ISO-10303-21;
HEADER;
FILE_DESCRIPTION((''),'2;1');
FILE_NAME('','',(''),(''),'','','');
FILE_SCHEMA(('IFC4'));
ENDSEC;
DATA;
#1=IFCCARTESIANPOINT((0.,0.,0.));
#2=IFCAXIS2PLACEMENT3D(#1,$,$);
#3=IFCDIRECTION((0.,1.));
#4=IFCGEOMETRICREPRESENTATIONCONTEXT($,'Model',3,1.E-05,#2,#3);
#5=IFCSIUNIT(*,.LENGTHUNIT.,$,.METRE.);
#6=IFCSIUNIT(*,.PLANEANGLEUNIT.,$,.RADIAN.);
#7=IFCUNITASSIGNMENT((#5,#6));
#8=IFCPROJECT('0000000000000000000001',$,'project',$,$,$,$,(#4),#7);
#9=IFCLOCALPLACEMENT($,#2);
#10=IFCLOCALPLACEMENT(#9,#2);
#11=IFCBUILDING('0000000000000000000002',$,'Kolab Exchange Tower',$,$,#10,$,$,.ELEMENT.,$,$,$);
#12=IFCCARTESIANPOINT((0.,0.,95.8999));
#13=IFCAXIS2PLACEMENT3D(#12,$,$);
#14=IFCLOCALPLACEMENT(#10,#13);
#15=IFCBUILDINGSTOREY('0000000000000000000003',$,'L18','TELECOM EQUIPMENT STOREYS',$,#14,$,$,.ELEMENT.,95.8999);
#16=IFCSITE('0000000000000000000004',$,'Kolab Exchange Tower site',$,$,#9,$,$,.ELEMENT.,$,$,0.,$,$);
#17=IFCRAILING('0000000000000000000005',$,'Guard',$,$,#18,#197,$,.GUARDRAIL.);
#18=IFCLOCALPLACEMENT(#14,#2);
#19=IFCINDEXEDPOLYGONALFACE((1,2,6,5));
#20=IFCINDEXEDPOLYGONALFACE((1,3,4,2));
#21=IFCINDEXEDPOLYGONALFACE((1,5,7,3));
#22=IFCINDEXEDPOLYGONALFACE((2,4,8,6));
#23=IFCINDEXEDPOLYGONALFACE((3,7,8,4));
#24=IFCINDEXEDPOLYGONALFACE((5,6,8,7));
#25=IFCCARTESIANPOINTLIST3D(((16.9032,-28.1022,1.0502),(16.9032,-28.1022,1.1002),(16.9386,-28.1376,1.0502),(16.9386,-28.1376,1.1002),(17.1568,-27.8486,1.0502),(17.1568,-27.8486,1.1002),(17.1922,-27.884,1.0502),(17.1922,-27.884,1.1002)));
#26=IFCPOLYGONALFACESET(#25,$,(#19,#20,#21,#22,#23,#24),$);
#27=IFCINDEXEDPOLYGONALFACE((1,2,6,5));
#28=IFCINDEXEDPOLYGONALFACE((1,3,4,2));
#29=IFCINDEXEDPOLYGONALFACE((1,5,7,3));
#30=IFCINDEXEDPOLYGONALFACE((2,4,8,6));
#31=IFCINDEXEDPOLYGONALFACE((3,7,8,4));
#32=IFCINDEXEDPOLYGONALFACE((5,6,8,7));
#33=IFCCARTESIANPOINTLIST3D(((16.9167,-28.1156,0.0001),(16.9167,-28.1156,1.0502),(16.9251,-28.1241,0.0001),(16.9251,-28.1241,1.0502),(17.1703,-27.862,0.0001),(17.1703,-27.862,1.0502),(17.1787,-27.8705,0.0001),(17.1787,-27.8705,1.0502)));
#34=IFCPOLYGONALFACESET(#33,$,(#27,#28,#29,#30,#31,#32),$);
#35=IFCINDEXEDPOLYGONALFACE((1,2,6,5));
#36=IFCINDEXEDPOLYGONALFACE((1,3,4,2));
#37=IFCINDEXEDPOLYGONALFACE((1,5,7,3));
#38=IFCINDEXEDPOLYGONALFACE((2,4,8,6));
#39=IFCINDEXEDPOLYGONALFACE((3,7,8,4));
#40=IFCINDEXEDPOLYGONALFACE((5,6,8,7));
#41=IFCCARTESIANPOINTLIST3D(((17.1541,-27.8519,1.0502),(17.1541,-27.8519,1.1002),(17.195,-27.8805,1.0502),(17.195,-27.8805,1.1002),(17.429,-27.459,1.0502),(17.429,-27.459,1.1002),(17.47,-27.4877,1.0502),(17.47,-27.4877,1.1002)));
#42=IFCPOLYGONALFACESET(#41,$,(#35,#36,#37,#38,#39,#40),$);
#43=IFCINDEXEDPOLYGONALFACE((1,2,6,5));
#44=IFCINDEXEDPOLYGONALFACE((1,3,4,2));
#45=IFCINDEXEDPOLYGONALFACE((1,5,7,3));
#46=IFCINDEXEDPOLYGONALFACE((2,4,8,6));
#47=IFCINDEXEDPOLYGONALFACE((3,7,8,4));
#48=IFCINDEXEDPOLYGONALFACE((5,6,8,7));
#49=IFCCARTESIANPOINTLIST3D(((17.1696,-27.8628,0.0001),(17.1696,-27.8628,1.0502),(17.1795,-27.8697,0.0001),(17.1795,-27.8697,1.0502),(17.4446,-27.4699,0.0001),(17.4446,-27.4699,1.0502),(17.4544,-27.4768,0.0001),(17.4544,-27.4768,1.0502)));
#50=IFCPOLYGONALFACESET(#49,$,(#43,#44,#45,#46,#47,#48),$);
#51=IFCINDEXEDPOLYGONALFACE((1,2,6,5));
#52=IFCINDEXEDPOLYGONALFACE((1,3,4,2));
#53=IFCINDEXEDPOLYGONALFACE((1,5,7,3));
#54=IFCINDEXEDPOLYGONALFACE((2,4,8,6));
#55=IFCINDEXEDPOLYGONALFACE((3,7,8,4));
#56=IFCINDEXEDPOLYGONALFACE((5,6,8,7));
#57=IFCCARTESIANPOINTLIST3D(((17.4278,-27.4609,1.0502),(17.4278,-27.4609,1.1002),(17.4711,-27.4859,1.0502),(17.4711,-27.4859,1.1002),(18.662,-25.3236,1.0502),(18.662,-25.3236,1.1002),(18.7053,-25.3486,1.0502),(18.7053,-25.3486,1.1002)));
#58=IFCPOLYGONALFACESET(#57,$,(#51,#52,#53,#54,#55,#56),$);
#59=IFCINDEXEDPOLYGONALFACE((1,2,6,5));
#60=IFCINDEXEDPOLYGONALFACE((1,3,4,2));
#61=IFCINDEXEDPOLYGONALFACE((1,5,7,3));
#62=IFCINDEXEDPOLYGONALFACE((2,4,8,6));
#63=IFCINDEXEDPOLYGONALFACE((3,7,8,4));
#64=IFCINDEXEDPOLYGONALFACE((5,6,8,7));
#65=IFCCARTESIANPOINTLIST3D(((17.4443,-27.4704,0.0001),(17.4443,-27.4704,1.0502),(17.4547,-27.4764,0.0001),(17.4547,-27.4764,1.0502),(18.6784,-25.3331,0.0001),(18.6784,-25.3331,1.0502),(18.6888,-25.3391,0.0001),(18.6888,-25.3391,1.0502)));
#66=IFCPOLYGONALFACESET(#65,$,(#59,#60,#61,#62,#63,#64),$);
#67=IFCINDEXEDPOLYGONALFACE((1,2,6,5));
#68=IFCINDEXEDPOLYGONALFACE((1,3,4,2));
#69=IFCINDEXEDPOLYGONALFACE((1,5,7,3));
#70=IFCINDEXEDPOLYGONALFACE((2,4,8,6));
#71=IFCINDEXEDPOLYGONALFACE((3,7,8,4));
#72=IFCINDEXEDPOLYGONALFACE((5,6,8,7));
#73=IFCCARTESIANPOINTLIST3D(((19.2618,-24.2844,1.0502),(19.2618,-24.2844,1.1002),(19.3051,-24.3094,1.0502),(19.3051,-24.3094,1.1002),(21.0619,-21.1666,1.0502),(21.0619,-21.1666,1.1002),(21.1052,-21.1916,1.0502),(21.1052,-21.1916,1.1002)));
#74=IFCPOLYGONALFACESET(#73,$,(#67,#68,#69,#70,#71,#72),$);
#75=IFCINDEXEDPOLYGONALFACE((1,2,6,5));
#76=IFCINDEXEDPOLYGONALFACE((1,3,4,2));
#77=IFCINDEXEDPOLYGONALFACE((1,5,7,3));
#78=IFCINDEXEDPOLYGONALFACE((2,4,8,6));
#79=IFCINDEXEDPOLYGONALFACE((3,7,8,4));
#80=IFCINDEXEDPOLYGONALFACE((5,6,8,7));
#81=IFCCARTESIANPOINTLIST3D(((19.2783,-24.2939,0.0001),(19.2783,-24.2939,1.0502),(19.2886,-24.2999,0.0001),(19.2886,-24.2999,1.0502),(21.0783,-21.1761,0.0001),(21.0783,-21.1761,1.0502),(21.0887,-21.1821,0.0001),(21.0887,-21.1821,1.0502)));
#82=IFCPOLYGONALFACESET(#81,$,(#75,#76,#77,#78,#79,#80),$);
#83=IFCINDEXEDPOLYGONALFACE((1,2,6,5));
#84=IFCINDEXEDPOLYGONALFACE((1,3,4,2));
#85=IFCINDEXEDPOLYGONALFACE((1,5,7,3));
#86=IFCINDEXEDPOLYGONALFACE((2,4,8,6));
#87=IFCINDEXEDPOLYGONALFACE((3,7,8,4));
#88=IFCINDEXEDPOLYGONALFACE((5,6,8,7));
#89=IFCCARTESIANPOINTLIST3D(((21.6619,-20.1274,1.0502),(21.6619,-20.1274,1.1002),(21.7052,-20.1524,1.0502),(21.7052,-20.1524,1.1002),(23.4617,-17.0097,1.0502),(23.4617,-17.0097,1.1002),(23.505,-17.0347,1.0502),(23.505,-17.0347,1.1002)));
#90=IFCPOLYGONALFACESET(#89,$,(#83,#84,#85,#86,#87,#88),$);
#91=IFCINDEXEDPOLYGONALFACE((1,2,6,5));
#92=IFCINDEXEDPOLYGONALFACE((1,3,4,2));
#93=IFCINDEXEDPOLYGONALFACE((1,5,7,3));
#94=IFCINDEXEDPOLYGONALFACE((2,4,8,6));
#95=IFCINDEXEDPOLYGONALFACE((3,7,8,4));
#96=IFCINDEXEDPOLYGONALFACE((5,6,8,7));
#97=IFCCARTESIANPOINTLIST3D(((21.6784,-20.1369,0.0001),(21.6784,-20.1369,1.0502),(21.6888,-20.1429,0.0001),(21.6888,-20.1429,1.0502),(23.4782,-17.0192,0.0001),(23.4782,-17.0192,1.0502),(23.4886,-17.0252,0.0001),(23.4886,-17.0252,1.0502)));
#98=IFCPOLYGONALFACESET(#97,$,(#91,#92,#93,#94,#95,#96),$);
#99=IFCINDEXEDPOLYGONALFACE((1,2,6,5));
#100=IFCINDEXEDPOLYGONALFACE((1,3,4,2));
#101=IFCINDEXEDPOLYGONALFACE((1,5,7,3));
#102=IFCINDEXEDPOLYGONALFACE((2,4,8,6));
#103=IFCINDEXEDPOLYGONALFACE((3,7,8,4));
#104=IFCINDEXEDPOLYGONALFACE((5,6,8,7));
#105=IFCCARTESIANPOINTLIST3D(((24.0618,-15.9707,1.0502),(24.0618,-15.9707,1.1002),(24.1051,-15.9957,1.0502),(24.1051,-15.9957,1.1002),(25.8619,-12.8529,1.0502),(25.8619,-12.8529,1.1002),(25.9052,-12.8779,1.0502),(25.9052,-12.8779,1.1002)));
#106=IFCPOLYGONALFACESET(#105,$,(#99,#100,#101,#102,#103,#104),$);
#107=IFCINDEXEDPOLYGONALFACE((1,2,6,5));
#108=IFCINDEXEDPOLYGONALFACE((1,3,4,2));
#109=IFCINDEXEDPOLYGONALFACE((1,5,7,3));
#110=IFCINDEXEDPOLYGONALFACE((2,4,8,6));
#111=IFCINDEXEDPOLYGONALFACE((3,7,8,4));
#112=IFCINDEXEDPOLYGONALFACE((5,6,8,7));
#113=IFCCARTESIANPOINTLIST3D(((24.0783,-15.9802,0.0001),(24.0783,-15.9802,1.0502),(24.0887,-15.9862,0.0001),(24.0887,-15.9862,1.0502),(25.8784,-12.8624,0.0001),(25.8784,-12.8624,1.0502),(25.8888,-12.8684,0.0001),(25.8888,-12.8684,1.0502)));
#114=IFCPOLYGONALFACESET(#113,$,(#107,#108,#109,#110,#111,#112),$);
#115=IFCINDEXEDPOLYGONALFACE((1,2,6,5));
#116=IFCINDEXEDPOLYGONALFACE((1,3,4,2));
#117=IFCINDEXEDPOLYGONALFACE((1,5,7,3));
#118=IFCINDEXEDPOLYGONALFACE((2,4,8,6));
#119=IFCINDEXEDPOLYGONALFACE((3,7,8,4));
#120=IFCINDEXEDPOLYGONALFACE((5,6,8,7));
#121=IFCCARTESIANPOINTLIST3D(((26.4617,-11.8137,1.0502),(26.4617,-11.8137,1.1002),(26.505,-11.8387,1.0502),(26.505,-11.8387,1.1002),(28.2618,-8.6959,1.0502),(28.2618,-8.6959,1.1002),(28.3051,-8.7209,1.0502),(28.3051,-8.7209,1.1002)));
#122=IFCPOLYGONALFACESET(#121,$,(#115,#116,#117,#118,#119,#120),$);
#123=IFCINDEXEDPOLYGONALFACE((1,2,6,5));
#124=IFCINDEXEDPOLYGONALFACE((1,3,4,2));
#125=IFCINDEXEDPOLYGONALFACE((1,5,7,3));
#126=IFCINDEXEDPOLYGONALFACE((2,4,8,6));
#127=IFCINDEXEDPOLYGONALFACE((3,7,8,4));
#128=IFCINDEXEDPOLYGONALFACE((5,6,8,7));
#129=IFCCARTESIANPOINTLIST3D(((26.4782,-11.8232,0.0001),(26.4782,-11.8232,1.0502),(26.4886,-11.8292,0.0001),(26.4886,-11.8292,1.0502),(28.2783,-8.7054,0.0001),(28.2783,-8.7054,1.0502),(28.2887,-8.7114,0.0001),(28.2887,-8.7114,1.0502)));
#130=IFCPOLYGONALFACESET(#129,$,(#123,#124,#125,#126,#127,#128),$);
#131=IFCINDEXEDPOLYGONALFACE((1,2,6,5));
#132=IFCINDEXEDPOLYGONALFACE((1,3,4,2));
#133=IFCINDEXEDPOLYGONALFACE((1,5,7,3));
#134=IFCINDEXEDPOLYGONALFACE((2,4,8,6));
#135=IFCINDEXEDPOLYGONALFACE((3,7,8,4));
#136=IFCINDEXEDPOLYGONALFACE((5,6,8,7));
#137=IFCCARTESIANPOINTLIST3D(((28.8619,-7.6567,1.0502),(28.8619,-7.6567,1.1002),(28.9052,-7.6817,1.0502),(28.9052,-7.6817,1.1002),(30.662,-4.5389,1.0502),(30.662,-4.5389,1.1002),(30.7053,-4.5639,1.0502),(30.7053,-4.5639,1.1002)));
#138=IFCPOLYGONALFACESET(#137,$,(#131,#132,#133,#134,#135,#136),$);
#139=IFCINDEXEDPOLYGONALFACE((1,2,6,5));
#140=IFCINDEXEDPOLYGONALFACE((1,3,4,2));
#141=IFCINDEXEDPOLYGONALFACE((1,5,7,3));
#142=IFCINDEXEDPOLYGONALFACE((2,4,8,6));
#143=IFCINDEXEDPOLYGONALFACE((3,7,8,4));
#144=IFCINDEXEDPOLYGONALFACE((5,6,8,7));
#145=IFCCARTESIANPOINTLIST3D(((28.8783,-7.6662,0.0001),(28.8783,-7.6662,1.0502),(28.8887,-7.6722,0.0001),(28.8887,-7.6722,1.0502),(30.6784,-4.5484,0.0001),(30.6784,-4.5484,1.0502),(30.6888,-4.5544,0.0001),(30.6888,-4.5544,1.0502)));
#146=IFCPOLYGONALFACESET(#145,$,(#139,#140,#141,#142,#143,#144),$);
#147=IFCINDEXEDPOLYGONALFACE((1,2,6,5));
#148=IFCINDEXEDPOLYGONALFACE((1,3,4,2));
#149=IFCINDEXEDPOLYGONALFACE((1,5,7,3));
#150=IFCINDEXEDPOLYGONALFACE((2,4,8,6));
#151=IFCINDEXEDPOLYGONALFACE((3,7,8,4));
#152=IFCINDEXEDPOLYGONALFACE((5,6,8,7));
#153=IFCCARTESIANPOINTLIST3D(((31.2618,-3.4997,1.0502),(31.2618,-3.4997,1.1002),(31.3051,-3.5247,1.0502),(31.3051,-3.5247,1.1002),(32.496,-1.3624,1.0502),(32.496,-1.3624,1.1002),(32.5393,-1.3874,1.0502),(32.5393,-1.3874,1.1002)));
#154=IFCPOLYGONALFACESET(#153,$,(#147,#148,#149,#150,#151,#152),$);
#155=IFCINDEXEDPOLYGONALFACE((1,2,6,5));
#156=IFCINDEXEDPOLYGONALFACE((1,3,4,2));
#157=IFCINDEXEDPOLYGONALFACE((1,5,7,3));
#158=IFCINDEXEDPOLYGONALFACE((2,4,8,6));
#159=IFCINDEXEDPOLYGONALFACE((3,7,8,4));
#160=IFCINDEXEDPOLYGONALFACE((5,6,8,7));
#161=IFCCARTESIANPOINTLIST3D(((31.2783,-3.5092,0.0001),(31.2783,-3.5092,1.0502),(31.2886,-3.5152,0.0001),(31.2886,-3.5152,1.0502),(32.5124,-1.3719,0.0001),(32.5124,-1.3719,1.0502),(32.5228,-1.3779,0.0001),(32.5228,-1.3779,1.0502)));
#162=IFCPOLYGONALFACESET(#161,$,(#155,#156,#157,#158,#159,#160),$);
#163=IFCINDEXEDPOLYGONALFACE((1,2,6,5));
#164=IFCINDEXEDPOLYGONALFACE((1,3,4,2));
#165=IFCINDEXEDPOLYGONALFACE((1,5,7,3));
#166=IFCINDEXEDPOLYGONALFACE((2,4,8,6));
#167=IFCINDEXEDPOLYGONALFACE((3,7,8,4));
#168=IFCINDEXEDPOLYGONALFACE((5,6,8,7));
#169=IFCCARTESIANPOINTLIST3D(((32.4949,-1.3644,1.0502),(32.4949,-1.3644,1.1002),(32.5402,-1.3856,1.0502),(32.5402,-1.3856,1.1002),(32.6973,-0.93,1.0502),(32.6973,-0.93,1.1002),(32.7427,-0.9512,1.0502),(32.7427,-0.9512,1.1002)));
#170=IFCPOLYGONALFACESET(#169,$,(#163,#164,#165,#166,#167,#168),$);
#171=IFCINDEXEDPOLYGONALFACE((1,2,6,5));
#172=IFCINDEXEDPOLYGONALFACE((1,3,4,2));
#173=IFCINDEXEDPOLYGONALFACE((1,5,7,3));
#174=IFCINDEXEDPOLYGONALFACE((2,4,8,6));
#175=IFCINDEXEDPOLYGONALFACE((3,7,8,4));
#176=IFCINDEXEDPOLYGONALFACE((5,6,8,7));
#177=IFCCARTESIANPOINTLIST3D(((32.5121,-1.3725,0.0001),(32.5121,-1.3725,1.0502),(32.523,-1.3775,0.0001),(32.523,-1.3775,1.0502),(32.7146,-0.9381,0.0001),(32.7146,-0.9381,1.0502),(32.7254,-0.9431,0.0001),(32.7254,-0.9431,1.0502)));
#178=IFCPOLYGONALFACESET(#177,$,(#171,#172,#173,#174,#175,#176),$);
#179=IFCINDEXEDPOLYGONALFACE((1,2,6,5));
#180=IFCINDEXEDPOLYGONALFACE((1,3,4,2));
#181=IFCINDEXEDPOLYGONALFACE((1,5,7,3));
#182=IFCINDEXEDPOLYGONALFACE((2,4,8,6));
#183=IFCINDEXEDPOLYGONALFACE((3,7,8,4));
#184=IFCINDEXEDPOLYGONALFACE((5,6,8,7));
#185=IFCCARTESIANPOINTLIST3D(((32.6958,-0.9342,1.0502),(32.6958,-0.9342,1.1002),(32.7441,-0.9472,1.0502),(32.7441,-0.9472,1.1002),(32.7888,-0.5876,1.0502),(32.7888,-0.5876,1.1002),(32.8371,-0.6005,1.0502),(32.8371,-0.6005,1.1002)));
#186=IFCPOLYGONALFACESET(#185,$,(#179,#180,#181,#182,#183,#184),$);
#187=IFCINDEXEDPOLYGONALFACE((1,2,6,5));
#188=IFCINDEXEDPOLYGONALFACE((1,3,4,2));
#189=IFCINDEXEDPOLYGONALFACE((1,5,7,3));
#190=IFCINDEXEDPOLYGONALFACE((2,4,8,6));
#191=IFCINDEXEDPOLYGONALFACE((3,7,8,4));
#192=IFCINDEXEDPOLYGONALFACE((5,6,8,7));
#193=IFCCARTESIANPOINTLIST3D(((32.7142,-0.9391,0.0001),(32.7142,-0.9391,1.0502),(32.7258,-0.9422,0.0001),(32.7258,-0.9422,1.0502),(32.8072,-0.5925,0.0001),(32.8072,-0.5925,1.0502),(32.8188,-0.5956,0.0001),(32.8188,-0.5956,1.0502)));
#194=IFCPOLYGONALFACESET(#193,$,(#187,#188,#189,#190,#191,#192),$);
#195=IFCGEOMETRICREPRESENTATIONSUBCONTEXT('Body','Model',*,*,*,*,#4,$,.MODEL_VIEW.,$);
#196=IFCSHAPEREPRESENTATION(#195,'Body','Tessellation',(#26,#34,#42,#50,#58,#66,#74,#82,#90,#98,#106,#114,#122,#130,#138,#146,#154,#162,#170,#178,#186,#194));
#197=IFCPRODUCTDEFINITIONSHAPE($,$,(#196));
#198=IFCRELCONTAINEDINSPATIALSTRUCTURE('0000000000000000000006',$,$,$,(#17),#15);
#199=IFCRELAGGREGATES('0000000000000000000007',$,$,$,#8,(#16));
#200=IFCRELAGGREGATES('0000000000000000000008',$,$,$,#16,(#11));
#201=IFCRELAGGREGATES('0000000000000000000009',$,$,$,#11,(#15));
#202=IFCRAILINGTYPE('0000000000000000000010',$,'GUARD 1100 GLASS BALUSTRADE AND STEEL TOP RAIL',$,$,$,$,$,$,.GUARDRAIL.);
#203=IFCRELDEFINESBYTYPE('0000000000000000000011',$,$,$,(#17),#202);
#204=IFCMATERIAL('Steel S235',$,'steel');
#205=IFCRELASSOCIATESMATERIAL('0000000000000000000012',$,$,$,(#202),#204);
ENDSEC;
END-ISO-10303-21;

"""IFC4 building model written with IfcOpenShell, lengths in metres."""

from ifc_helpers import new_model, si_unit, direction, frame, frame_2d, origin, origin_2d, place, context, subcontext, project, spatial, rectangle, extrude, material, type_object, element, save


model = new_model("IFC4")

# Units and contexts
model_context = context("Model", 3, precision=1e-05, world=origin(), true_north=direction((0.0, 1.0)))
body_context = subcontext(model_context, "Body", "Model", "MODEL_VIEW")
ifc_project = project(units=[si_unit("LENGTHUNIT", "METRE"), si_unit("PLANEANGLEUNIT", "RADIAN")], contexts=[model_context])

# Site, building, storey
site_placement = place(None, origin())
site = spatial("IfcSite", under=ifc_project, at=site_placement, Name="Kolab Exchange Tower site", CompositionType="ELEMENT", RefElevation=0.0)
building_placement = place(site_placement, origin())
building = spatial("IfcBuilding", under=site, at=building_placement, Name="Kolab Exchange Tower", CompositionType="ELEMENT")
storey_placement = place(building_placement, frame((0.0, 0.0, 95.8999)))
storey = spatial("IfcBuildingStorey", under=building, at=storey_placement, Name="L18", Description="TELECOM EQUIPMENT STOREYS", CompositionType="ELEMENT", Elevation=95.8999)

# Railing
ifc_material_1 = material(Name="Steel S235", Category="steel")
railing_type = type_object("IfcRailingType", Name="GUARD 1100 GLASS BALUSTRADE AND STEEL TOP RAIL", PredefinedType="GUARDRAIL", material=ifc_material_1)
railing_placement = place(storey_placement, frame((16.9209, -28.1199, 0.0)))
element("IfcRailing", 1, at=railing_placement, inside=storey, type_object=railing_type, Name="Guard", PredefinedType="GUARDRAIL", context=body_context, shape_type="SweptSolid", body=[
    extrude(rectangle(XDim=0.05, YDim=0.05, at=origin_2d()), frame((0.0, 0.0, 1.0752), z_axis=(0.707107, 0.707107, 0.0), x_axis=(-0.707107, 0.707107, 0.0)), (0.0, 0.0, 1.0), 0.3586),
    extrude(rectangle(XDim=0.012, YDim=1.0501, at=frame_2d((0.0, 0.5251))), frame((0.0, 0.0, 0.0), z_axis=(0.707107, 0.707107, 0.0), x_axis=(-0.707107, 0.707107, 0.0)), (0.0, 0.0, 1.0), 0.3586),
    extrude(rectangle(XDim=0.05, YDim=0.05, at=origin_2d()), frame((0.2537, 0.2537, 1.0752), z_axis=(0.57336, 0.819304, 0.0), x_axis=(-0.819304, 0.57336, 0.0)), (0.0, 0.0, 1.0), 0.4795),
    extrude(rectangle(XDim=0.012, YDim=1.0501, at=frame_2d((0.0, 0.5251))), frame((0.2537, 0.2537, 0.0), z_axis=(0.57336, 0.819304, 0.0), x_axis=(-0.819304, 0.57336, 0.0)), (0.0, 0.0, 1.0), 0.4795),
    extrude(rectangle(XDim=0.05, YDim=0.05, at=origin_2d()), frame((0.5286, 0.6465, 1.0752), z_axis=(0.500065, 0.865988, 0.0), x_axis=(-0.865988, 0.500065, 0.0)), (0.0, 0.0, 1.0), 2.468),
    extrude(rectangle(XDim=0.012, YDim=1.0501, at=frame_2d((0.0, 0.5251))), frame((0.5286, 0.6465, 0.0), z_axis=(0.500065, 0.865988, 0.0), x_axis=(-0.865988, 0.500065, 0.0)), (0.0, 0.0, 1.0), 2.468),
    extrude(rectangle(XDim=0.05, YDim=0.05, at=origin_2d()), frame((2.3625, 3.823, 1.0752), z_axis=(0.500012, 0.866018, 0.0), x_axis=(-0.866018, 0.500012, 0.0)), (0.0, 0.0, 1.0), 3.6001),
    extrude(rectangle(XDim=0.012, YDim=1.0501, at=frame_2d((0.0, 0.5251))), frame((2.3625, 3.823, 0.0), z_axis=(0.500012, 0.866018, 0.0), x_axis=(-0.866018, 0.500012, 0.0)), (0.0, 0.0, 1.0), 3.6001),
    extrude(rectangle(XDim=0.05, YDim=0.05, at=origin_2d()), frame((4.7627, 7.98, 1.0752), z_axis=(0.499961, 0.866048, 0.0), x_axis=(-0.866048, 0.499961, 0.0)), (0.0, 0.0, 1.0), 3.5999),
    extrude(rectangle(XDim=0.012, YDim=1.0501, at=frame_2d((0.0, 0.5251))), frame((4.7627, 7.98, 0.0), z_axis=(0.499961, 0.866048, 0.0), x_axis=(-0.866048, 0.499961, 0.0)), (0.0, 0.0, 1.0), 3.5999),
    extrude(rectangle(XDim=0.05, YDim=0.05, at=origin_2d()), frame((7.1626, 12.1367, 1.0752), z_axis=(0.500012, 0.866018, 0.0), x_axis=(-0.866018, 0.500012, 0.0)), (0.0, 0.0, 1.0), 3.6001),
    extrude(rectangle(XDim=0.012, YDim=1.0501, at=frame_2d((0.0, 0.5251))), frame((7.1626, 12.1367, 0.0), z_axis=(0.500012, 0.866018, 0.0), x_axis=(-0.866018, 0.500012, 0.0)), (0.0, 0.0, 1.0), 3.6001),
    extrude(rectangle(XDim=0.05, YDim=0.05, at=origin_2d()), frame((9.5625, 16.2937, 1.0752), z_axis=(0.500012, 0.866018, 0.0), x_axis=(-0.866018, 0.500012, 0.0)), (0.0, 0.0, 1.0), 3.6001),
    extrude(rectangle(XDim=0.012, YDim=1.0501, at=frame_2d((0.0, 0.5251))), frame((9.5625, 16.2937, 0.0), z_axis=(0.500012, 0.866018, 0.0), x_axis=(-0.866018, 0.500012, 0.0)), (0.0, 0.0, 1.0), 3.6001),
    extrude(rectangle(XDim=0.05, YDim=0.05, at=origin_2d()), frame((11.9626, 20.4507, 1.0752), z_axis=(0.500012, 0.866018, 0.0), x_axis=(-0.866018, 0.500012, 0.0)), (0.0, 0.0, 1.0), 3.6001),
    extrude(rectangle(XDim=0.012, YDim=1.0501, at=frame_2d((0.0, 0.5251))), frame((11.9626, 20.4507, 0.0), z_axis=(0.500012, 0.866018, 0.0), x_axis=(-0.866018, 0.500012, 0.0)), (0.0, 0.0, 1.0), 3.6001),
    extrude(rectangle(XDim=0.05, YDim=0.05, at=origin_2d()), frame((14.3625, 24.6077, 1.0752), z_axis=(0.500065, 0.865988, 0.0), x_axis=(-0.865988, 0.500065, 0.0)), (0.0, 0.0, 1.0), 2.468),
    extrude(rectangle(XDim=0.012, YDim=1.0501, at=frame_2d((0.0, 0.5251))), frame((14.3625, 24.6077, 0.0), z_axis=(0.500065, 0.865988, 0.0), x_axis=(-0.865988, 0.500065, 0.0)), (0.0, 0.0, 1.0), 2.468),
    extrude(rectangle(XDim=0.05, YDim=0.05, at=origin_2d()), frame((15.5967, 26.7449, 1.0752), z_axis=(0.422383, 0.906417, 0.0), x_axis=(-0.906417, 0.422383, 0.0)), (0.0, 0.0, 1.0), 0.4792),
    extrude(rectangle(XDim=0.012, YDim=1.0501, at=frame_2d((0.0, 0.5251))), frame((15.5967, 26.7449, 0.0), z_axis=(0.422383, 0.906417, 0.0), x_axis=(-0.906417, 0.422383, 0.0)), (0.0, 0.0, 1.0), 0.4792),
    extrude(rectangle(XDim=0.05, YDim=0.05, at=origin_2d()), frame((15.7991, 27.1792, 1.0752), z_axis=(0.259144, 0.965839, 0.0), x_axis=(-0.965839, 0.259144, 0.0)), (0.0, 0.0, 1.0), 0.3589),
    extrude(rectangle(XDim=0.012, YDim=1.0501, at=frame_2d((0.0, 0.5251))), frame((15.7991, 27.1792, 0.0), z_axis=(0.259144, 0.965839, 0.0), x_axis=(-0.965839, 0.259144, 0.0)), (0.0, 0.0, 1.0), 0.3589),
])

save(model, "model.ifc")
